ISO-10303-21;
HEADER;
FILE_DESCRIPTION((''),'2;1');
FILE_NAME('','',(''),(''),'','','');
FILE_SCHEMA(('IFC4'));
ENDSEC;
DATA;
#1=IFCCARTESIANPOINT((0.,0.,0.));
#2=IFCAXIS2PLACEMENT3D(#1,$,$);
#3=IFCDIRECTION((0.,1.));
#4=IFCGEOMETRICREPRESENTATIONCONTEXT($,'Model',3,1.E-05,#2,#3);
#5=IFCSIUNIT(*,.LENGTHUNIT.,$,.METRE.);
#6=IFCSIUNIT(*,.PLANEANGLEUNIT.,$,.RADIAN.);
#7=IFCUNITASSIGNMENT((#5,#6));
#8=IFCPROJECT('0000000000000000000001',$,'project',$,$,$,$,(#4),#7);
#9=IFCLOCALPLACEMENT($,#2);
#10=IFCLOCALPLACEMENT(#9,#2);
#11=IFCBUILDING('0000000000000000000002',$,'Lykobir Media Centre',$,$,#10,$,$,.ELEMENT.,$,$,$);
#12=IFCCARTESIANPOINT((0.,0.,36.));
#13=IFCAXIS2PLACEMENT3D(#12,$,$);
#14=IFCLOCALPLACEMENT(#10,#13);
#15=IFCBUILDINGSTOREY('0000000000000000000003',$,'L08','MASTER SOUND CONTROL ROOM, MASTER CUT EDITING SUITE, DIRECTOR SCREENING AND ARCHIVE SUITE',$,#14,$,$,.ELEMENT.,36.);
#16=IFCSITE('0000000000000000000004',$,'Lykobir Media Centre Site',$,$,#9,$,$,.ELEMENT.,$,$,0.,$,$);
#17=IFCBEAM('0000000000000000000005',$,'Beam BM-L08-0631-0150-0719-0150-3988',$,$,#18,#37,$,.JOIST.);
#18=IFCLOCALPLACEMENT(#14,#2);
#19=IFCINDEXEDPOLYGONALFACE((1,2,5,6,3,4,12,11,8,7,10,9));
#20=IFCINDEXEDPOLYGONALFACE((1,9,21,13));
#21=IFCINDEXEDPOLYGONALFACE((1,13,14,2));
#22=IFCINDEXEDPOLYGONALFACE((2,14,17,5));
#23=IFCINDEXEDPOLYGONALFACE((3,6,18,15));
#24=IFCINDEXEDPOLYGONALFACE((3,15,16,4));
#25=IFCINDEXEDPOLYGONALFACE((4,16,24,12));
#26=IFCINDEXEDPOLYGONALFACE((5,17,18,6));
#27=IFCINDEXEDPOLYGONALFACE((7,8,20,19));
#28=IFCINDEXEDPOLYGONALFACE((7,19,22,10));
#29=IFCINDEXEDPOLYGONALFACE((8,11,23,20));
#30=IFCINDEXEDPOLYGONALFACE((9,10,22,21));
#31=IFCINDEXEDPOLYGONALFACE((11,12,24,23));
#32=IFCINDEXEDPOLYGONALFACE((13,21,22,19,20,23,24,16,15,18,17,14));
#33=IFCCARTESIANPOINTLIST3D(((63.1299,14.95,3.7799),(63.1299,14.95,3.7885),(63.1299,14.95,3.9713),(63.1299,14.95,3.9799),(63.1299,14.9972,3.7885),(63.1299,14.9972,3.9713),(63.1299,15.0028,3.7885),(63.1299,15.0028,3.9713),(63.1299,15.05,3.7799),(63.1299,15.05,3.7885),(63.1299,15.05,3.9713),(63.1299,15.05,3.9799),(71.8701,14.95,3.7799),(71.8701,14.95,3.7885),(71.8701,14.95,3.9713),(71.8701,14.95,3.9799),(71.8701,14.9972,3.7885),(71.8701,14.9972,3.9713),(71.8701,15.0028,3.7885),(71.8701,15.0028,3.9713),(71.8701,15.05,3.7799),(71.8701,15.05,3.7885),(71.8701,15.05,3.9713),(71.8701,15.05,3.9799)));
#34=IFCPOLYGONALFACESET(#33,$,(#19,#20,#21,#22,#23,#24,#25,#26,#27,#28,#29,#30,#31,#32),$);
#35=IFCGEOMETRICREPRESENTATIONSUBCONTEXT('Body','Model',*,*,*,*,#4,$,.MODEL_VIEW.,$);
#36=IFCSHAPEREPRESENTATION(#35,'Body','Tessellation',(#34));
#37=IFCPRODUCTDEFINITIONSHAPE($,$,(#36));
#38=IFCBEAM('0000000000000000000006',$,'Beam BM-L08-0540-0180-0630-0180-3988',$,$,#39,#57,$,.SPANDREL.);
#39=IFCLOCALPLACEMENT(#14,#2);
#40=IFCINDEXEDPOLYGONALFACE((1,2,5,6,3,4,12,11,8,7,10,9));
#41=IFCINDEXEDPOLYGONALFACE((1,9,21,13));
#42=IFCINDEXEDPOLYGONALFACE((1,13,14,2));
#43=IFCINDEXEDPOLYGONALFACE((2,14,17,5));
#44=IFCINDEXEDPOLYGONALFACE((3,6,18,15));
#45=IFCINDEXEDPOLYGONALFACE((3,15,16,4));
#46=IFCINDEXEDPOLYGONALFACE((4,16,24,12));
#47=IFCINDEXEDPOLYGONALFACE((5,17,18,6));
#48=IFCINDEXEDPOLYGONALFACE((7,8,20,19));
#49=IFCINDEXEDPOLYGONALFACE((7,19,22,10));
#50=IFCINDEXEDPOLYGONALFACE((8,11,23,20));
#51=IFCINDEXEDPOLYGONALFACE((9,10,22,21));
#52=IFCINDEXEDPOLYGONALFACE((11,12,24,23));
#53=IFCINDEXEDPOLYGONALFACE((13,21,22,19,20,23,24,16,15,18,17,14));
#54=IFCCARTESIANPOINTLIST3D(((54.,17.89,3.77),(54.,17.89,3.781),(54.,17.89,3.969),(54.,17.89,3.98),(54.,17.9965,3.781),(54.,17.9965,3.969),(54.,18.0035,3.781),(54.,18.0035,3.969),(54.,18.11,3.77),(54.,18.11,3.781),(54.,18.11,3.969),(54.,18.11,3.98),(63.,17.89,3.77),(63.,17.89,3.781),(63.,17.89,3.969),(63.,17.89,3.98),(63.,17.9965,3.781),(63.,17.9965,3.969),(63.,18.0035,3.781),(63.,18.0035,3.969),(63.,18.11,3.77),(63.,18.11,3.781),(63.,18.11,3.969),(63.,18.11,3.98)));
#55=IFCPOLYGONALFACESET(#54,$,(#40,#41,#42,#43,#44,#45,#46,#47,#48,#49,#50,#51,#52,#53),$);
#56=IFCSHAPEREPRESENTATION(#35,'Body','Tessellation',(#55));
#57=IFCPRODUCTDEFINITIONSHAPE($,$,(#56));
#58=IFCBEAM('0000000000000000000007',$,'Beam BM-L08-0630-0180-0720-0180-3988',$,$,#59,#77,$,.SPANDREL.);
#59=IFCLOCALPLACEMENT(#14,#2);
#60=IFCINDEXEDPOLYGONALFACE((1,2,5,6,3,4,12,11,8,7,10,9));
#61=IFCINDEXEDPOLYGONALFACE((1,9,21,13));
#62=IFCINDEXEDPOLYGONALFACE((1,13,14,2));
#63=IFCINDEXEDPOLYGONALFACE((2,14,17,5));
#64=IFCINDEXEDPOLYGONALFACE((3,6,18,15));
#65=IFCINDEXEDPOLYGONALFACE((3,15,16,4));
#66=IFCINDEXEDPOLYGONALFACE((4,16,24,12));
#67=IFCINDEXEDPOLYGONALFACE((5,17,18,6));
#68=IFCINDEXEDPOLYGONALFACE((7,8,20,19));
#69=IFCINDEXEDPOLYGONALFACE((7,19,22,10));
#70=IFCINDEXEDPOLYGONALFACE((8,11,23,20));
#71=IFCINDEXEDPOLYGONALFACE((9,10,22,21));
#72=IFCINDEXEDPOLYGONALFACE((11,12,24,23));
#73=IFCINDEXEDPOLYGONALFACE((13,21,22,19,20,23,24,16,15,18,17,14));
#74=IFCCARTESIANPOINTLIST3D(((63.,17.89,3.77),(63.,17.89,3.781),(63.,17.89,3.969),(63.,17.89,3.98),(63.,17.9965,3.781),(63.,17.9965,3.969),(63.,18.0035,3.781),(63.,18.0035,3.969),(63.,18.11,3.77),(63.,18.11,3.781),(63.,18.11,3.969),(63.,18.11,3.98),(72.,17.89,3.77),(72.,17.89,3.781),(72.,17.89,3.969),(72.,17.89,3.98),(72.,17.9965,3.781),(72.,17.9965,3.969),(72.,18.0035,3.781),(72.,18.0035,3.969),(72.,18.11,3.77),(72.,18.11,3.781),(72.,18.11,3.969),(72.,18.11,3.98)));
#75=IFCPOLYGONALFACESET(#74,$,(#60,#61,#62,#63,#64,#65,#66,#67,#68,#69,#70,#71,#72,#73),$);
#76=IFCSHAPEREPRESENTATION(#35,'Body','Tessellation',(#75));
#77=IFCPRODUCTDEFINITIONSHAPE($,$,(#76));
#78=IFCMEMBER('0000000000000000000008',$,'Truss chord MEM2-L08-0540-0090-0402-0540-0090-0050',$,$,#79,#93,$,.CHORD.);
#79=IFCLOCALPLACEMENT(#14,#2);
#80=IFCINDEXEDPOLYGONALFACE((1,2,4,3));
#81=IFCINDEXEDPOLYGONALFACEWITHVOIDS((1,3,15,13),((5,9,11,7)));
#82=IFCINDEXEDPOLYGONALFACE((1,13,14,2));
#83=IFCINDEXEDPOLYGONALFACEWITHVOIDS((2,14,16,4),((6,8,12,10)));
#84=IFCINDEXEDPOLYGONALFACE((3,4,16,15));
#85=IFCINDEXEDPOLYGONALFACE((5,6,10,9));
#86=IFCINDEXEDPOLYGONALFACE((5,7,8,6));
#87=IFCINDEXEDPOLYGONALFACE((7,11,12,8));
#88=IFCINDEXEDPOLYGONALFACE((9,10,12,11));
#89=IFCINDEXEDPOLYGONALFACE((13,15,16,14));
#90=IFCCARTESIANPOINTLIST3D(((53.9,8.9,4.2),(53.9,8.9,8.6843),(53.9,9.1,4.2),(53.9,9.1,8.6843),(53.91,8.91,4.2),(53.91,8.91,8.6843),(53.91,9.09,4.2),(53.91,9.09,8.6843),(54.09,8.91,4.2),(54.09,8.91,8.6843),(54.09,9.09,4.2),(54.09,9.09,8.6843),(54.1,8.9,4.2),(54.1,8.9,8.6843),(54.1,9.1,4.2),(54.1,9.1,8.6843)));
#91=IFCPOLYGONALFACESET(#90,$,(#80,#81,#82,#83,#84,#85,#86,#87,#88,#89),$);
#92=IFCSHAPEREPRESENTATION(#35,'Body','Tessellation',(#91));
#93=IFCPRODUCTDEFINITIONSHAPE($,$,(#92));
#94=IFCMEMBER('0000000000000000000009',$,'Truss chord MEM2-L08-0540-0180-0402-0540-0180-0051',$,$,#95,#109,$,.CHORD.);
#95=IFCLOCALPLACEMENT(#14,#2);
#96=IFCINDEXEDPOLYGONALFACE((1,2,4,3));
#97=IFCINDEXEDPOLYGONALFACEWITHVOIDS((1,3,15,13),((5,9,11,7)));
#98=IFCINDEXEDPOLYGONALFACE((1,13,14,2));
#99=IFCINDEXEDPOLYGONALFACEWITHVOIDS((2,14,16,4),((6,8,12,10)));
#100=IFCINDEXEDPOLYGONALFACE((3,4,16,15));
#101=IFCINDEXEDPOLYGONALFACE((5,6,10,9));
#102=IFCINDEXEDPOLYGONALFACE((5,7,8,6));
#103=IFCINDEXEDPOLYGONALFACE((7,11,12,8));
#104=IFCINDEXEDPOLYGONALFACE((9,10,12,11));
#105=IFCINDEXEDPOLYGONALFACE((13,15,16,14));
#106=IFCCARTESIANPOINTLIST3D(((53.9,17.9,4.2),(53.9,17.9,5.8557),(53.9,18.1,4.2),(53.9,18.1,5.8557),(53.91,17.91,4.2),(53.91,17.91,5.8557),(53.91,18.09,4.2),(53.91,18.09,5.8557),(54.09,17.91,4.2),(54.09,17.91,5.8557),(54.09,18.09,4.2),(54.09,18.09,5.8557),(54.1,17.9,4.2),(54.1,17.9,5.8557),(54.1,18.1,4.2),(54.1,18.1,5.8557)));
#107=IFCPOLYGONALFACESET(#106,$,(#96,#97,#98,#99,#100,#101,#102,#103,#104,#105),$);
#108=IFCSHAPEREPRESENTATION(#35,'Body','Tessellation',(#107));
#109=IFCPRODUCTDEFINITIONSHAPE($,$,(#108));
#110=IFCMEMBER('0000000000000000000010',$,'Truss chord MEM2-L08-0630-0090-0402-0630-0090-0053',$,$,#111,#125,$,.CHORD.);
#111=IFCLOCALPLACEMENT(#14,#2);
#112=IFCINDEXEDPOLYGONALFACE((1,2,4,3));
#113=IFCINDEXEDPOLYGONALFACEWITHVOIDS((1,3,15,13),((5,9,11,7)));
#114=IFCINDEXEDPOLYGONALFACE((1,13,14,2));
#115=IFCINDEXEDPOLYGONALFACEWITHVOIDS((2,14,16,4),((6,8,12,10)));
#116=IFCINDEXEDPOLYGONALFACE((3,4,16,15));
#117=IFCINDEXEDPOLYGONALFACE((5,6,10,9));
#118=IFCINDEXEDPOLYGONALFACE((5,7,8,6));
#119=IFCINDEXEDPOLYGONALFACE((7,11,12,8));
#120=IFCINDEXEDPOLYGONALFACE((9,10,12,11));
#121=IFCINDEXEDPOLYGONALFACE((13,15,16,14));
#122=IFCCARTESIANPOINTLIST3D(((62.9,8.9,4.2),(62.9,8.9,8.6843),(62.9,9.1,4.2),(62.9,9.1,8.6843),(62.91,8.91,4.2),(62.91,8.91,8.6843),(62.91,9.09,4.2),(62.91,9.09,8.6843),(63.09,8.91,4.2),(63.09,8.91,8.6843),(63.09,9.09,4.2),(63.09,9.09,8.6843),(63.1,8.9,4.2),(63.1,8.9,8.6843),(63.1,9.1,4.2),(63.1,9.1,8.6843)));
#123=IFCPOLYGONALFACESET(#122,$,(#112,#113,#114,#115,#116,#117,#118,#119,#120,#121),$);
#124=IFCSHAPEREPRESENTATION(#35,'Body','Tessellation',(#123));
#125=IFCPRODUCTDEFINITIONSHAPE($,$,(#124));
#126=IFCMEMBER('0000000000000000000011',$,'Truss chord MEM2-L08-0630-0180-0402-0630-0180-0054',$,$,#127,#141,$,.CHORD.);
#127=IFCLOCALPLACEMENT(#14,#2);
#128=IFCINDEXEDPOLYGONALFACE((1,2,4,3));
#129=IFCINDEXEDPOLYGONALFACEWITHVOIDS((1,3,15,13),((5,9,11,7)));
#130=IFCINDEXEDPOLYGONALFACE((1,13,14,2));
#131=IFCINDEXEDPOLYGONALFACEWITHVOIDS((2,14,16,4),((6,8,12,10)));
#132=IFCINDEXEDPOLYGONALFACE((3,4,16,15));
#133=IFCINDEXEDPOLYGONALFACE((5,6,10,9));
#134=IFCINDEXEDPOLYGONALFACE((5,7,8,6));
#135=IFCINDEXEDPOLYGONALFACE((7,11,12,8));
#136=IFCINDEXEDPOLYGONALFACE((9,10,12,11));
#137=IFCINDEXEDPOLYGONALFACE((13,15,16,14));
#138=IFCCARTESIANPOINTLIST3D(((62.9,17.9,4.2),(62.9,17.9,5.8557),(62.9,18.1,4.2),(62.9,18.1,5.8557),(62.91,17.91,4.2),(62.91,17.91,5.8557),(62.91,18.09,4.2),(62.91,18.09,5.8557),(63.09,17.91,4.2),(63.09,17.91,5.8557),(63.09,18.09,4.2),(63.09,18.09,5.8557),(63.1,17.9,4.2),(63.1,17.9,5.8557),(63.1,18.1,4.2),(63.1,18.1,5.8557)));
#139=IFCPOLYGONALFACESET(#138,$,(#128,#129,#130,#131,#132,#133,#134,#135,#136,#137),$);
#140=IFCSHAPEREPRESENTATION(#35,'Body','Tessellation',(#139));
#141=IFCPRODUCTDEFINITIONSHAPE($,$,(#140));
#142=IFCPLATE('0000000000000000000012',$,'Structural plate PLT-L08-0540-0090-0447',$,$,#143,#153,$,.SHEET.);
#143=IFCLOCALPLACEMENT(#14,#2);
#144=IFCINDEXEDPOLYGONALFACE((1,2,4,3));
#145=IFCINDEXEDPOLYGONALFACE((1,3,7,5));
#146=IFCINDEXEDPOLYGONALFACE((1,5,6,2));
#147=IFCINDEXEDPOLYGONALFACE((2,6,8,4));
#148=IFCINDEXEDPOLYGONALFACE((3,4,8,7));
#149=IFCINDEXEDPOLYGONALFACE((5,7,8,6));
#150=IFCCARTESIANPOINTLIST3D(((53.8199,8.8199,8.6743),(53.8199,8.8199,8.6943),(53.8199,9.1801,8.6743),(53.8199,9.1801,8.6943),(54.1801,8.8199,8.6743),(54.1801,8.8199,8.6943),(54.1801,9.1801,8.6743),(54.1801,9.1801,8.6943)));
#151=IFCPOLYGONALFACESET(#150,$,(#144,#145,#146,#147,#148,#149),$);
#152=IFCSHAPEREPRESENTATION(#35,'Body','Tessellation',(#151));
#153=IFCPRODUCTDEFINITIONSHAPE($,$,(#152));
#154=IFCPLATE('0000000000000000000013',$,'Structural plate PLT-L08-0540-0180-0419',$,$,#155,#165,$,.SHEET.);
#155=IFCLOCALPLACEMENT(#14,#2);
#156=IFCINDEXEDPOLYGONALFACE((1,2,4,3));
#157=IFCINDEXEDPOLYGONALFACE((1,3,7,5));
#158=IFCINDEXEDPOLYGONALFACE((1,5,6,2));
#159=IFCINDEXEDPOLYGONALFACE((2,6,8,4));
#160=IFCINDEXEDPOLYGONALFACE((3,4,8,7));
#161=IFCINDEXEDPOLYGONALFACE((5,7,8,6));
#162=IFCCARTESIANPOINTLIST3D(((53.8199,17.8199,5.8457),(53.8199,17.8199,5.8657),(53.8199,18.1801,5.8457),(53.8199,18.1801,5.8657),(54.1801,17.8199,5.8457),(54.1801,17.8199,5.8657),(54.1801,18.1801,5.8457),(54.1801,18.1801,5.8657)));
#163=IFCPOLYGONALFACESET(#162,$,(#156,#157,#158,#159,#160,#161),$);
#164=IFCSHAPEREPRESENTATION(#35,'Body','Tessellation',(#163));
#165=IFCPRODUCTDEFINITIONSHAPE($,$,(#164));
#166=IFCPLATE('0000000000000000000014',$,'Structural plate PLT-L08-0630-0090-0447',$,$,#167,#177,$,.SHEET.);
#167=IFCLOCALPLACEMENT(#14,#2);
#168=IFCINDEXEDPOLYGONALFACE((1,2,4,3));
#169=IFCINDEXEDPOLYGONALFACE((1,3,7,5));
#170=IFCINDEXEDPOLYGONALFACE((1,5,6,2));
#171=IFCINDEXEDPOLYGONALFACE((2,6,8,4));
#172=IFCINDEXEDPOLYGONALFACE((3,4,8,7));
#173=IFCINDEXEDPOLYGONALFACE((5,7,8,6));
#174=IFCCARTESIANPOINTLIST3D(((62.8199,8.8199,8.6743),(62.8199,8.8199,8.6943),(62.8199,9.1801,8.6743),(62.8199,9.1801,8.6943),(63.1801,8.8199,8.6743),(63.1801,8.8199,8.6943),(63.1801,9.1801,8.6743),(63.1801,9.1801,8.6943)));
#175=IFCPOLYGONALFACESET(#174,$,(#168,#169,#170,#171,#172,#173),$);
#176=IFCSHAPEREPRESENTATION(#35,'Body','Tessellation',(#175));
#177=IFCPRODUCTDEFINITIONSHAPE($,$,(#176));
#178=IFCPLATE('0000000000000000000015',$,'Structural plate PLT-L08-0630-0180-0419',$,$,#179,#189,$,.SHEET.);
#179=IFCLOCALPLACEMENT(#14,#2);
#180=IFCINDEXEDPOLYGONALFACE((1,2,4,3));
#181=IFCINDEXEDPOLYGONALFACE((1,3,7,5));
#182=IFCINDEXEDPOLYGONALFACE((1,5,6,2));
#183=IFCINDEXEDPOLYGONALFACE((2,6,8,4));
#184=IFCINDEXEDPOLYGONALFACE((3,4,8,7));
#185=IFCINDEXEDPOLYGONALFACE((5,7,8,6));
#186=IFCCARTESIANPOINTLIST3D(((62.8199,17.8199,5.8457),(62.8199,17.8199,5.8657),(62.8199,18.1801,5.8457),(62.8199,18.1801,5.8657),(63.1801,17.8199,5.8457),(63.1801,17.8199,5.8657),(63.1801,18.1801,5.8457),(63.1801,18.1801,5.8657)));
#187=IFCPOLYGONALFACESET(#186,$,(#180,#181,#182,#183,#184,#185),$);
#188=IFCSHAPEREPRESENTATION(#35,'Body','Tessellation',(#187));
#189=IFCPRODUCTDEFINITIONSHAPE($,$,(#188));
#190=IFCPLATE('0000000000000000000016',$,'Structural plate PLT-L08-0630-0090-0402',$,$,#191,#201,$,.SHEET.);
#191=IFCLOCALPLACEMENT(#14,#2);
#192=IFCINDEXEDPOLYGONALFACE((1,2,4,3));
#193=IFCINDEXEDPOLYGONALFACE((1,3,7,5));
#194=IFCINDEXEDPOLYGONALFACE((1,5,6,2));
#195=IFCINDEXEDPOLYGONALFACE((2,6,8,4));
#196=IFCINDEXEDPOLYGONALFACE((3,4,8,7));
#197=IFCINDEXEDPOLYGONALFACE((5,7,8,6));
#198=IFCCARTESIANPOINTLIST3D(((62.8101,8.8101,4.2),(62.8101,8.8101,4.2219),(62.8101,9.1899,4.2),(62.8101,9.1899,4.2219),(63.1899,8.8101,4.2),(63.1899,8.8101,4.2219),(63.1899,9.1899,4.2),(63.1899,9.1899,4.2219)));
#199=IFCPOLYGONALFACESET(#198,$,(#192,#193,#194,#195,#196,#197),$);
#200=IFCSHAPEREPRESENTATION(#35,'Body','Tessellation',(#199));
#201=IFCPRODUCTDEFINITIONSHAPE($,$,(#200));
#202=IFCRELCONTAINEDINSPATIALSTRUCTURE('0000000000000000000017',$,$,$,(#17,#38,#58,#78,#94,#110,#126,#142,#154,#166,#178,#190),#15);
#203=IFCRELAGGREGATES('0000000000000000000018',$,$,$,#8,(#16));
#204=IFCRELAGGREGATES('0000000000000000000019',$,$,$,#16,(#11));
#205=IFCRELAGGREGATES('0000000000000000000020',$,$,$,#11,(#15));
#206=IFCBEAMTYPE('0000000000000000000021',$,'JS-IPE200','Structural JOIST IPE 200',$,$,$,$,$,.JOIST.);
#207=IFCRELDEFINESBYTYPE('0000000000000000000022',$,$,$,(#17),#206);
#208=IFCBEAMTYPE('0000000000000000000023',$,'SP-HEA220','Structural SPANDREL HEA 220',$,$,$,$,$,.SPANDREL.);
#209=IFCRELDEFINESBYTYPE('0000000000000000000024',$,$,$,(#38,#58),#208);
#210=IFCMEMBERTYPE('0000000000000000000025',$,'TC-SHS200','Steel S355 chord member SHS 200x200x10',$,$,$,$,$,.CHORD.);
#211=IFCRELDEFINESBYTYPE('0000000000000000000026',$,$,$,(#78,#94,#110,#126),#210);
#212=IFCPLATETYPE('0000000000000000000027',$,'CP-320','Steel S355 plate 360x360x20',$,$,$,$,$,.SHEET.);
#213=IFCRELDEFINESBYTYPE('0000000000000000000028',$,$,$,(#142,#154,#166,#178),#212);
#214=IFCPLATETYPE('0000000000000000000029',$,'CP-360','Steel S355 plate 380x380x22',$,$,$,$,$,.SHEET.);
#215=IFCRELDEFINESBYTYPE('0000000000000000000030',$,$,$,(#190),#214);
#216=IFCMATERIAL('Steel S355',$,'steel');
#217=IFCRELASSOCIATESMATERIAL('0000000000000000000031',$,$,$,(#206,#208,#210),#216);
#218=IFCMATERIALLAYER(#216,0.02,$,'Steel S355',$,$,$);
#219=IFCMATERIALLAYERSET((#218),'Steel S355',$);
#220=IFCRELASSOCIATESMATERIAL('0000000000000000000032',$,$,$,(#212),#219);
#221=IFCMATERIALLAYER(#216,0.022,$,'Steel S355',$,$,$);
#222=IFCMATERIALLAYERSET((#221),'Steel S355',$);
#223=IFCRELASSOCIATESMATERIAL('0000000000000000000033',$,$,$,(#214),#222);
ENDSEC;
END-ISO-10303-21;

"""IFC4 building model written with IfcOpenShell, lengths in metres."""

from ifc_helpers import new_model, si_unit, direction, frame, origin, origin_2d, place, context, subcontext, project, spatial, rectangle, hollow_rectangle, i_section, extrude, material, layer, layer_set, material_profile, profile_set, type_object, element, save


model = new_model("IFC4")

# Units and contexts
model_context = context("Model", 3, precision=1e-05, world=origin(), true_north=direction((0.0, 1.0)))
body_context = subcontext(model_context, "Body", "Model", "MODEL_VIEW")
ifc_project = project(units=[si_unit("LENGTHUNIT", "METRE"), si_unit("PLANEANGLEUNIT", "RADIAN")], contexts=[model_context])

# Site, building, storey
site_placement = place(None, origin())
site = spatial("IfcSite", under=ifc_project, at=site_placement, Name="Lykobir Media Centre Site", CompositionType="ELEMENT", RefElevation=0.0)
building_placement = place(site_placement, origin())
building = spatial("IfcBuilding", under=site, at=building_placement, Name="Lykobir Media Centre", CompositionType="ELEMENT")
storey_placement = place(building_placement, frame((0.0, 0.0, 36.0)))
storey = spatial("IfcBuildingStorey", under=building, at=storey_placement, Name="L08", Description="MASTER SOUND CONTROL ROOM, MASTER CUT EDITING SUITE, DIRECTOR SCREENING AND ARCHIVE SUITE", CompositionType="ELEMENT", Elevation=36.0)

# Shared definitions
ifc_material_1 = material(Name="Steel S355", Category="steel")

# Beams
ifc_material_profile_1 = material_profile(ifc_material_1, i_section(OverallWidth=0.1001, OverallDepth=0.2, WebThickness=0.0056, FlangeThickness=0.0085, at=origin_2d()), Name="IPE 200")
ifc_profile_set_1 = profile_set([ifc_material_profile_1], Name="Steel S355")
beam_type_1 = type_object("IfcBeamType", Name="JS-IPE200", Description="Structural JOIST IPE 200", PredefinedType="JOIST", material=ifc_profile_set_1)
for number, where, z_axis, x_axis, name in (
    (1, (63.1299, 15.0, 3.8799), (1.0, 0.0, 0.0), (0.0, 1.0, 0.0), "Beam BM-L08-0631-0150-0719-0150-3988"),
):
    element("IfcBeam", number, at=place(storey_placement, frame(where, z_axis=z_axis, x_axis=x_axis)), inside=storey, type_object=beam_type_1, Name=name, PredefinedType="JOIST", context=body_context, shape_type="SweptSolid", body=[
        extrude(i_section(OverallWidth=0.1001, OverallDepth=0.2, WebThickness=0.0056, FlangeThickness=0.0085, at=origin_2d()), origin(), (0.0, 0.0, 1.0), 8.7402),
    ])
ifc_material_profile_2 = material_profile(ifc_material_1, i_section(OverallWidth=0.22, OverallDepth=0.21, WebThickness=0.0071, FlangeThickness=0.011, at=origin_2d()), Name="HEA 220")
ifc_profile_set_2 = profile_set([ifc_material_profile_2], Name="Steel S355")
beam_type_2 = type_object("IfcBeamType", Name="SP-HEA220", Description="Structural SPANDREL HEA 220", PredefinedType="SPANDREL", material=ifc_profile_set_2)
for number, where, z_axis, x_axis, name in (
    (2, (54.0, 18.0, 3.875), (1.0, 0.0, 0.0), (0.0, 1.0, 0.0), "Beam BM-L08-0540-0180-0630-0180-3988"),
    (3, (63.0, 18.0, 3.875), (1.0, 0.0, 0.0), (0.0, 1.0, 0.0), "Beam BM-L08-0630-0180-0720-0180-3988"),
):
    element("IfcBeam", number, at=place(storey_placement, frame(where, z_axis=z_axis, x_axis=x_axis)), inside=storey, type_object=beam_type_2, Name=name, PredefinedType="SPANDREL", context=body_context, shape_type="SweptSolid", body=[
        extrude(i_section(OverallWidth=0.22, OverallDepth=0.21, WebThickness=0.0071, FlangeThickness=0.011, at=origin_2d()), origin(), (0.0, 0.0, 1.0), 9.0),
    ])

# Members
ifc_material_profile_3 = material_profile(ifc_material_1, hollow_rectangle(XDim=0.2, YDim=0.2, WallThickness=0.01, at=origin_2d()), Name="SHS 200x200x10")
ifc_profile_set_3 = profile_set([ifc_material_profile_3], Name="Steel S355")
member_type = type_object("IfcMemberType", Name="TC-SHS200", Description="Steel S355 chord member SHS 200x200x10", PredefinedType="CHORD", material=ifc_profile_set_3)
member_1_placement = place(storey_placement, frame((54.0, 9.0, 4.2), z_axis=(0.0, 0.0, 1.0), x_axis=(1.0, 0.0, 0.0)))
element("IfcMember", 4, at=member_1_placement, inside=storey, type_object=member_type, Name="Truss chord MEM2-L08-0540-0090-0402-0540-0090-0050", PredefinedType="CHORD", context=body_context, shape_type="SweptSolid", body=[
    extrude(hollow_rectangle(XDim=0.2, YDim=0.2, WallThickness=0.01, at=origin_2d()), origin(), (0.0, 0.0, 1.0), 4.4844),
])
member_2_placement = place(storey_placement, frame((54.0, 18.0, 4.2), z_axis=(0.0, 0.0, 1.0), x_axis=(1.0, 0.0, 0.0)))
element("IfcMember", 5, at=member_2_placement, inside=storey, type_object=member_type, Name="Truss chord MEM2-L08-0540-0180-0402-0540-0180-0051", PredefinedType="CHORD", context=body_context, shape_type="SweptSolid", body=[
    extrude(hollow_rectangle(XDim=0.2, YDim=0.2, WallThickness=0.01, at=origin_2d()), origin(), (0.0, 0.0, 1.0), 1.6558),
])
member_3_placement = place(storey_placement, frame((63.0, 9.0, 4.2), z_axis=(0.0, 0.0, 1.0), x_axis=(1.0, 0.0, 0.0)))
element("IfcMember", 6, at=member_3_placement, inside=storey, type_object=member_type, Name="Truss chord MEM2-L08-0630-0090-0402-0630-0090-0053", PredefinedType="CHORD", context=body_context, shape_type="SweptSolid", body=[
    extrude(hollow_rectangle(XDim=0.2, YDim=0.2, WallThickness=0.01, at=origin_2d()), origin(), (0.0, 0.0, 1.0), 4.4844),
])
member_4_placement = place(storey_placement, frame((63.0, 18.0, 4.2), z_axis=(0.0, 0.0, 1.0), x_axis=(1.0, 0.0, 0.0)))
element("IfcMember", 7, at=member_4_placement, inside=storey, type_object=member_type, Name="Truss chord MEM2-L08-0630-0180-0402-0630-0180-0054", PredefinedType="CHORD", context=body_context, shape_type="SweptSolid", body=[
    extrude(hollow_rectangle(XDim=0.2, YDim=0.2, WallThickness=0.01, at=origin_2d()), origin(), (0.0, 0.0, 1.0), 1.6558),
])

# Plates
ifc_layer_1 = layer(ifc_material_1, 0.02, Name="Steel S355")
ifc_layer_set_1 = layer_set([ifc_layer_1], Name="Steel S355")
plate_type_1 = type_object("IfcPlateType", Name="CP-320", Description="Steel S355 plate 360x360x20", PredefinedType="SHEET", material=ifc_layer_set_1)
for number, where, z_axis, x_axis, name in (
    (8, (54.0, 9.0, 8.6743), (0.0, 0.0, 1.0), (1.0, 0.0, 0.0), "Structural plate PLT-L08-0540-0090-0447"),
    (9, (54.0, 18.0, 5.8457), (0.0, 0.0, 1.0), (1.0, 0.0, 0.0), "Structural plate PLT-L08-0540-0180-0419"),
    (10, (63.0, 9.0, 8.6743), (0.0, 0.0, 1.0), (1.0, 0.0, 0.0), "Structural plate PLT-L08-0630-0090-0447"),
    (11, (63.0, 18.0, 5.8457), (0.0, 0.0, 1.0), (1.0, 0.0, 0.0), "Structural plate PLT-L08-0630-0180-0419"),
):
    element("IfcPlate", number, at=place(storey_placement, frame(where, z_axis=z_axis, x_axis=x_axis)), inside=storey, type_object=plate_type_1, Name=name, PredefinedType="SHEET", context=body_context, shape_type="SweptSolid", body=[
        extrude(rectangle(XDim=0.3601, YDim=0.3601, at=origin_2d()), origin(), (0.0, 0.0, 1.0), 0.02),
    ])
ifc_layer_2 = layer(ifc_material_1, 0.022, Name="Steel S355")
ifc_layer_set_2 = layer_set([ifc_layer_2], Name="Steel S355")
plate_type_2 = type_object("IfcPlateType", Name="CP-360", Description="Steel S355 plate 380x380x22", PredefinedType="SHEET", material=ifc_layer_set_2)
plate_placement = place(storey_placement, frame((63.0, 9.0, 4.2), z_axis=(0.0, 0.0, 1.0), x_axis=(1.0, 0.0, 0.0)))
element("IfcPlate", 12, at=plate_placement, inside=storey, type_object=plate_type_2, Name="Structural plate PLT-L08-0630-0090-0402", PredefinedType="SHEET", context=body_context, shape_type="SweptSolid", body=[
    extrude(rectangle(XDim=0.3799, YDim=0.3799, at=origin_2d()), origin(), (0.0, 0.0, 1.0), 0.022),
])

save(model, "model.ifc")
